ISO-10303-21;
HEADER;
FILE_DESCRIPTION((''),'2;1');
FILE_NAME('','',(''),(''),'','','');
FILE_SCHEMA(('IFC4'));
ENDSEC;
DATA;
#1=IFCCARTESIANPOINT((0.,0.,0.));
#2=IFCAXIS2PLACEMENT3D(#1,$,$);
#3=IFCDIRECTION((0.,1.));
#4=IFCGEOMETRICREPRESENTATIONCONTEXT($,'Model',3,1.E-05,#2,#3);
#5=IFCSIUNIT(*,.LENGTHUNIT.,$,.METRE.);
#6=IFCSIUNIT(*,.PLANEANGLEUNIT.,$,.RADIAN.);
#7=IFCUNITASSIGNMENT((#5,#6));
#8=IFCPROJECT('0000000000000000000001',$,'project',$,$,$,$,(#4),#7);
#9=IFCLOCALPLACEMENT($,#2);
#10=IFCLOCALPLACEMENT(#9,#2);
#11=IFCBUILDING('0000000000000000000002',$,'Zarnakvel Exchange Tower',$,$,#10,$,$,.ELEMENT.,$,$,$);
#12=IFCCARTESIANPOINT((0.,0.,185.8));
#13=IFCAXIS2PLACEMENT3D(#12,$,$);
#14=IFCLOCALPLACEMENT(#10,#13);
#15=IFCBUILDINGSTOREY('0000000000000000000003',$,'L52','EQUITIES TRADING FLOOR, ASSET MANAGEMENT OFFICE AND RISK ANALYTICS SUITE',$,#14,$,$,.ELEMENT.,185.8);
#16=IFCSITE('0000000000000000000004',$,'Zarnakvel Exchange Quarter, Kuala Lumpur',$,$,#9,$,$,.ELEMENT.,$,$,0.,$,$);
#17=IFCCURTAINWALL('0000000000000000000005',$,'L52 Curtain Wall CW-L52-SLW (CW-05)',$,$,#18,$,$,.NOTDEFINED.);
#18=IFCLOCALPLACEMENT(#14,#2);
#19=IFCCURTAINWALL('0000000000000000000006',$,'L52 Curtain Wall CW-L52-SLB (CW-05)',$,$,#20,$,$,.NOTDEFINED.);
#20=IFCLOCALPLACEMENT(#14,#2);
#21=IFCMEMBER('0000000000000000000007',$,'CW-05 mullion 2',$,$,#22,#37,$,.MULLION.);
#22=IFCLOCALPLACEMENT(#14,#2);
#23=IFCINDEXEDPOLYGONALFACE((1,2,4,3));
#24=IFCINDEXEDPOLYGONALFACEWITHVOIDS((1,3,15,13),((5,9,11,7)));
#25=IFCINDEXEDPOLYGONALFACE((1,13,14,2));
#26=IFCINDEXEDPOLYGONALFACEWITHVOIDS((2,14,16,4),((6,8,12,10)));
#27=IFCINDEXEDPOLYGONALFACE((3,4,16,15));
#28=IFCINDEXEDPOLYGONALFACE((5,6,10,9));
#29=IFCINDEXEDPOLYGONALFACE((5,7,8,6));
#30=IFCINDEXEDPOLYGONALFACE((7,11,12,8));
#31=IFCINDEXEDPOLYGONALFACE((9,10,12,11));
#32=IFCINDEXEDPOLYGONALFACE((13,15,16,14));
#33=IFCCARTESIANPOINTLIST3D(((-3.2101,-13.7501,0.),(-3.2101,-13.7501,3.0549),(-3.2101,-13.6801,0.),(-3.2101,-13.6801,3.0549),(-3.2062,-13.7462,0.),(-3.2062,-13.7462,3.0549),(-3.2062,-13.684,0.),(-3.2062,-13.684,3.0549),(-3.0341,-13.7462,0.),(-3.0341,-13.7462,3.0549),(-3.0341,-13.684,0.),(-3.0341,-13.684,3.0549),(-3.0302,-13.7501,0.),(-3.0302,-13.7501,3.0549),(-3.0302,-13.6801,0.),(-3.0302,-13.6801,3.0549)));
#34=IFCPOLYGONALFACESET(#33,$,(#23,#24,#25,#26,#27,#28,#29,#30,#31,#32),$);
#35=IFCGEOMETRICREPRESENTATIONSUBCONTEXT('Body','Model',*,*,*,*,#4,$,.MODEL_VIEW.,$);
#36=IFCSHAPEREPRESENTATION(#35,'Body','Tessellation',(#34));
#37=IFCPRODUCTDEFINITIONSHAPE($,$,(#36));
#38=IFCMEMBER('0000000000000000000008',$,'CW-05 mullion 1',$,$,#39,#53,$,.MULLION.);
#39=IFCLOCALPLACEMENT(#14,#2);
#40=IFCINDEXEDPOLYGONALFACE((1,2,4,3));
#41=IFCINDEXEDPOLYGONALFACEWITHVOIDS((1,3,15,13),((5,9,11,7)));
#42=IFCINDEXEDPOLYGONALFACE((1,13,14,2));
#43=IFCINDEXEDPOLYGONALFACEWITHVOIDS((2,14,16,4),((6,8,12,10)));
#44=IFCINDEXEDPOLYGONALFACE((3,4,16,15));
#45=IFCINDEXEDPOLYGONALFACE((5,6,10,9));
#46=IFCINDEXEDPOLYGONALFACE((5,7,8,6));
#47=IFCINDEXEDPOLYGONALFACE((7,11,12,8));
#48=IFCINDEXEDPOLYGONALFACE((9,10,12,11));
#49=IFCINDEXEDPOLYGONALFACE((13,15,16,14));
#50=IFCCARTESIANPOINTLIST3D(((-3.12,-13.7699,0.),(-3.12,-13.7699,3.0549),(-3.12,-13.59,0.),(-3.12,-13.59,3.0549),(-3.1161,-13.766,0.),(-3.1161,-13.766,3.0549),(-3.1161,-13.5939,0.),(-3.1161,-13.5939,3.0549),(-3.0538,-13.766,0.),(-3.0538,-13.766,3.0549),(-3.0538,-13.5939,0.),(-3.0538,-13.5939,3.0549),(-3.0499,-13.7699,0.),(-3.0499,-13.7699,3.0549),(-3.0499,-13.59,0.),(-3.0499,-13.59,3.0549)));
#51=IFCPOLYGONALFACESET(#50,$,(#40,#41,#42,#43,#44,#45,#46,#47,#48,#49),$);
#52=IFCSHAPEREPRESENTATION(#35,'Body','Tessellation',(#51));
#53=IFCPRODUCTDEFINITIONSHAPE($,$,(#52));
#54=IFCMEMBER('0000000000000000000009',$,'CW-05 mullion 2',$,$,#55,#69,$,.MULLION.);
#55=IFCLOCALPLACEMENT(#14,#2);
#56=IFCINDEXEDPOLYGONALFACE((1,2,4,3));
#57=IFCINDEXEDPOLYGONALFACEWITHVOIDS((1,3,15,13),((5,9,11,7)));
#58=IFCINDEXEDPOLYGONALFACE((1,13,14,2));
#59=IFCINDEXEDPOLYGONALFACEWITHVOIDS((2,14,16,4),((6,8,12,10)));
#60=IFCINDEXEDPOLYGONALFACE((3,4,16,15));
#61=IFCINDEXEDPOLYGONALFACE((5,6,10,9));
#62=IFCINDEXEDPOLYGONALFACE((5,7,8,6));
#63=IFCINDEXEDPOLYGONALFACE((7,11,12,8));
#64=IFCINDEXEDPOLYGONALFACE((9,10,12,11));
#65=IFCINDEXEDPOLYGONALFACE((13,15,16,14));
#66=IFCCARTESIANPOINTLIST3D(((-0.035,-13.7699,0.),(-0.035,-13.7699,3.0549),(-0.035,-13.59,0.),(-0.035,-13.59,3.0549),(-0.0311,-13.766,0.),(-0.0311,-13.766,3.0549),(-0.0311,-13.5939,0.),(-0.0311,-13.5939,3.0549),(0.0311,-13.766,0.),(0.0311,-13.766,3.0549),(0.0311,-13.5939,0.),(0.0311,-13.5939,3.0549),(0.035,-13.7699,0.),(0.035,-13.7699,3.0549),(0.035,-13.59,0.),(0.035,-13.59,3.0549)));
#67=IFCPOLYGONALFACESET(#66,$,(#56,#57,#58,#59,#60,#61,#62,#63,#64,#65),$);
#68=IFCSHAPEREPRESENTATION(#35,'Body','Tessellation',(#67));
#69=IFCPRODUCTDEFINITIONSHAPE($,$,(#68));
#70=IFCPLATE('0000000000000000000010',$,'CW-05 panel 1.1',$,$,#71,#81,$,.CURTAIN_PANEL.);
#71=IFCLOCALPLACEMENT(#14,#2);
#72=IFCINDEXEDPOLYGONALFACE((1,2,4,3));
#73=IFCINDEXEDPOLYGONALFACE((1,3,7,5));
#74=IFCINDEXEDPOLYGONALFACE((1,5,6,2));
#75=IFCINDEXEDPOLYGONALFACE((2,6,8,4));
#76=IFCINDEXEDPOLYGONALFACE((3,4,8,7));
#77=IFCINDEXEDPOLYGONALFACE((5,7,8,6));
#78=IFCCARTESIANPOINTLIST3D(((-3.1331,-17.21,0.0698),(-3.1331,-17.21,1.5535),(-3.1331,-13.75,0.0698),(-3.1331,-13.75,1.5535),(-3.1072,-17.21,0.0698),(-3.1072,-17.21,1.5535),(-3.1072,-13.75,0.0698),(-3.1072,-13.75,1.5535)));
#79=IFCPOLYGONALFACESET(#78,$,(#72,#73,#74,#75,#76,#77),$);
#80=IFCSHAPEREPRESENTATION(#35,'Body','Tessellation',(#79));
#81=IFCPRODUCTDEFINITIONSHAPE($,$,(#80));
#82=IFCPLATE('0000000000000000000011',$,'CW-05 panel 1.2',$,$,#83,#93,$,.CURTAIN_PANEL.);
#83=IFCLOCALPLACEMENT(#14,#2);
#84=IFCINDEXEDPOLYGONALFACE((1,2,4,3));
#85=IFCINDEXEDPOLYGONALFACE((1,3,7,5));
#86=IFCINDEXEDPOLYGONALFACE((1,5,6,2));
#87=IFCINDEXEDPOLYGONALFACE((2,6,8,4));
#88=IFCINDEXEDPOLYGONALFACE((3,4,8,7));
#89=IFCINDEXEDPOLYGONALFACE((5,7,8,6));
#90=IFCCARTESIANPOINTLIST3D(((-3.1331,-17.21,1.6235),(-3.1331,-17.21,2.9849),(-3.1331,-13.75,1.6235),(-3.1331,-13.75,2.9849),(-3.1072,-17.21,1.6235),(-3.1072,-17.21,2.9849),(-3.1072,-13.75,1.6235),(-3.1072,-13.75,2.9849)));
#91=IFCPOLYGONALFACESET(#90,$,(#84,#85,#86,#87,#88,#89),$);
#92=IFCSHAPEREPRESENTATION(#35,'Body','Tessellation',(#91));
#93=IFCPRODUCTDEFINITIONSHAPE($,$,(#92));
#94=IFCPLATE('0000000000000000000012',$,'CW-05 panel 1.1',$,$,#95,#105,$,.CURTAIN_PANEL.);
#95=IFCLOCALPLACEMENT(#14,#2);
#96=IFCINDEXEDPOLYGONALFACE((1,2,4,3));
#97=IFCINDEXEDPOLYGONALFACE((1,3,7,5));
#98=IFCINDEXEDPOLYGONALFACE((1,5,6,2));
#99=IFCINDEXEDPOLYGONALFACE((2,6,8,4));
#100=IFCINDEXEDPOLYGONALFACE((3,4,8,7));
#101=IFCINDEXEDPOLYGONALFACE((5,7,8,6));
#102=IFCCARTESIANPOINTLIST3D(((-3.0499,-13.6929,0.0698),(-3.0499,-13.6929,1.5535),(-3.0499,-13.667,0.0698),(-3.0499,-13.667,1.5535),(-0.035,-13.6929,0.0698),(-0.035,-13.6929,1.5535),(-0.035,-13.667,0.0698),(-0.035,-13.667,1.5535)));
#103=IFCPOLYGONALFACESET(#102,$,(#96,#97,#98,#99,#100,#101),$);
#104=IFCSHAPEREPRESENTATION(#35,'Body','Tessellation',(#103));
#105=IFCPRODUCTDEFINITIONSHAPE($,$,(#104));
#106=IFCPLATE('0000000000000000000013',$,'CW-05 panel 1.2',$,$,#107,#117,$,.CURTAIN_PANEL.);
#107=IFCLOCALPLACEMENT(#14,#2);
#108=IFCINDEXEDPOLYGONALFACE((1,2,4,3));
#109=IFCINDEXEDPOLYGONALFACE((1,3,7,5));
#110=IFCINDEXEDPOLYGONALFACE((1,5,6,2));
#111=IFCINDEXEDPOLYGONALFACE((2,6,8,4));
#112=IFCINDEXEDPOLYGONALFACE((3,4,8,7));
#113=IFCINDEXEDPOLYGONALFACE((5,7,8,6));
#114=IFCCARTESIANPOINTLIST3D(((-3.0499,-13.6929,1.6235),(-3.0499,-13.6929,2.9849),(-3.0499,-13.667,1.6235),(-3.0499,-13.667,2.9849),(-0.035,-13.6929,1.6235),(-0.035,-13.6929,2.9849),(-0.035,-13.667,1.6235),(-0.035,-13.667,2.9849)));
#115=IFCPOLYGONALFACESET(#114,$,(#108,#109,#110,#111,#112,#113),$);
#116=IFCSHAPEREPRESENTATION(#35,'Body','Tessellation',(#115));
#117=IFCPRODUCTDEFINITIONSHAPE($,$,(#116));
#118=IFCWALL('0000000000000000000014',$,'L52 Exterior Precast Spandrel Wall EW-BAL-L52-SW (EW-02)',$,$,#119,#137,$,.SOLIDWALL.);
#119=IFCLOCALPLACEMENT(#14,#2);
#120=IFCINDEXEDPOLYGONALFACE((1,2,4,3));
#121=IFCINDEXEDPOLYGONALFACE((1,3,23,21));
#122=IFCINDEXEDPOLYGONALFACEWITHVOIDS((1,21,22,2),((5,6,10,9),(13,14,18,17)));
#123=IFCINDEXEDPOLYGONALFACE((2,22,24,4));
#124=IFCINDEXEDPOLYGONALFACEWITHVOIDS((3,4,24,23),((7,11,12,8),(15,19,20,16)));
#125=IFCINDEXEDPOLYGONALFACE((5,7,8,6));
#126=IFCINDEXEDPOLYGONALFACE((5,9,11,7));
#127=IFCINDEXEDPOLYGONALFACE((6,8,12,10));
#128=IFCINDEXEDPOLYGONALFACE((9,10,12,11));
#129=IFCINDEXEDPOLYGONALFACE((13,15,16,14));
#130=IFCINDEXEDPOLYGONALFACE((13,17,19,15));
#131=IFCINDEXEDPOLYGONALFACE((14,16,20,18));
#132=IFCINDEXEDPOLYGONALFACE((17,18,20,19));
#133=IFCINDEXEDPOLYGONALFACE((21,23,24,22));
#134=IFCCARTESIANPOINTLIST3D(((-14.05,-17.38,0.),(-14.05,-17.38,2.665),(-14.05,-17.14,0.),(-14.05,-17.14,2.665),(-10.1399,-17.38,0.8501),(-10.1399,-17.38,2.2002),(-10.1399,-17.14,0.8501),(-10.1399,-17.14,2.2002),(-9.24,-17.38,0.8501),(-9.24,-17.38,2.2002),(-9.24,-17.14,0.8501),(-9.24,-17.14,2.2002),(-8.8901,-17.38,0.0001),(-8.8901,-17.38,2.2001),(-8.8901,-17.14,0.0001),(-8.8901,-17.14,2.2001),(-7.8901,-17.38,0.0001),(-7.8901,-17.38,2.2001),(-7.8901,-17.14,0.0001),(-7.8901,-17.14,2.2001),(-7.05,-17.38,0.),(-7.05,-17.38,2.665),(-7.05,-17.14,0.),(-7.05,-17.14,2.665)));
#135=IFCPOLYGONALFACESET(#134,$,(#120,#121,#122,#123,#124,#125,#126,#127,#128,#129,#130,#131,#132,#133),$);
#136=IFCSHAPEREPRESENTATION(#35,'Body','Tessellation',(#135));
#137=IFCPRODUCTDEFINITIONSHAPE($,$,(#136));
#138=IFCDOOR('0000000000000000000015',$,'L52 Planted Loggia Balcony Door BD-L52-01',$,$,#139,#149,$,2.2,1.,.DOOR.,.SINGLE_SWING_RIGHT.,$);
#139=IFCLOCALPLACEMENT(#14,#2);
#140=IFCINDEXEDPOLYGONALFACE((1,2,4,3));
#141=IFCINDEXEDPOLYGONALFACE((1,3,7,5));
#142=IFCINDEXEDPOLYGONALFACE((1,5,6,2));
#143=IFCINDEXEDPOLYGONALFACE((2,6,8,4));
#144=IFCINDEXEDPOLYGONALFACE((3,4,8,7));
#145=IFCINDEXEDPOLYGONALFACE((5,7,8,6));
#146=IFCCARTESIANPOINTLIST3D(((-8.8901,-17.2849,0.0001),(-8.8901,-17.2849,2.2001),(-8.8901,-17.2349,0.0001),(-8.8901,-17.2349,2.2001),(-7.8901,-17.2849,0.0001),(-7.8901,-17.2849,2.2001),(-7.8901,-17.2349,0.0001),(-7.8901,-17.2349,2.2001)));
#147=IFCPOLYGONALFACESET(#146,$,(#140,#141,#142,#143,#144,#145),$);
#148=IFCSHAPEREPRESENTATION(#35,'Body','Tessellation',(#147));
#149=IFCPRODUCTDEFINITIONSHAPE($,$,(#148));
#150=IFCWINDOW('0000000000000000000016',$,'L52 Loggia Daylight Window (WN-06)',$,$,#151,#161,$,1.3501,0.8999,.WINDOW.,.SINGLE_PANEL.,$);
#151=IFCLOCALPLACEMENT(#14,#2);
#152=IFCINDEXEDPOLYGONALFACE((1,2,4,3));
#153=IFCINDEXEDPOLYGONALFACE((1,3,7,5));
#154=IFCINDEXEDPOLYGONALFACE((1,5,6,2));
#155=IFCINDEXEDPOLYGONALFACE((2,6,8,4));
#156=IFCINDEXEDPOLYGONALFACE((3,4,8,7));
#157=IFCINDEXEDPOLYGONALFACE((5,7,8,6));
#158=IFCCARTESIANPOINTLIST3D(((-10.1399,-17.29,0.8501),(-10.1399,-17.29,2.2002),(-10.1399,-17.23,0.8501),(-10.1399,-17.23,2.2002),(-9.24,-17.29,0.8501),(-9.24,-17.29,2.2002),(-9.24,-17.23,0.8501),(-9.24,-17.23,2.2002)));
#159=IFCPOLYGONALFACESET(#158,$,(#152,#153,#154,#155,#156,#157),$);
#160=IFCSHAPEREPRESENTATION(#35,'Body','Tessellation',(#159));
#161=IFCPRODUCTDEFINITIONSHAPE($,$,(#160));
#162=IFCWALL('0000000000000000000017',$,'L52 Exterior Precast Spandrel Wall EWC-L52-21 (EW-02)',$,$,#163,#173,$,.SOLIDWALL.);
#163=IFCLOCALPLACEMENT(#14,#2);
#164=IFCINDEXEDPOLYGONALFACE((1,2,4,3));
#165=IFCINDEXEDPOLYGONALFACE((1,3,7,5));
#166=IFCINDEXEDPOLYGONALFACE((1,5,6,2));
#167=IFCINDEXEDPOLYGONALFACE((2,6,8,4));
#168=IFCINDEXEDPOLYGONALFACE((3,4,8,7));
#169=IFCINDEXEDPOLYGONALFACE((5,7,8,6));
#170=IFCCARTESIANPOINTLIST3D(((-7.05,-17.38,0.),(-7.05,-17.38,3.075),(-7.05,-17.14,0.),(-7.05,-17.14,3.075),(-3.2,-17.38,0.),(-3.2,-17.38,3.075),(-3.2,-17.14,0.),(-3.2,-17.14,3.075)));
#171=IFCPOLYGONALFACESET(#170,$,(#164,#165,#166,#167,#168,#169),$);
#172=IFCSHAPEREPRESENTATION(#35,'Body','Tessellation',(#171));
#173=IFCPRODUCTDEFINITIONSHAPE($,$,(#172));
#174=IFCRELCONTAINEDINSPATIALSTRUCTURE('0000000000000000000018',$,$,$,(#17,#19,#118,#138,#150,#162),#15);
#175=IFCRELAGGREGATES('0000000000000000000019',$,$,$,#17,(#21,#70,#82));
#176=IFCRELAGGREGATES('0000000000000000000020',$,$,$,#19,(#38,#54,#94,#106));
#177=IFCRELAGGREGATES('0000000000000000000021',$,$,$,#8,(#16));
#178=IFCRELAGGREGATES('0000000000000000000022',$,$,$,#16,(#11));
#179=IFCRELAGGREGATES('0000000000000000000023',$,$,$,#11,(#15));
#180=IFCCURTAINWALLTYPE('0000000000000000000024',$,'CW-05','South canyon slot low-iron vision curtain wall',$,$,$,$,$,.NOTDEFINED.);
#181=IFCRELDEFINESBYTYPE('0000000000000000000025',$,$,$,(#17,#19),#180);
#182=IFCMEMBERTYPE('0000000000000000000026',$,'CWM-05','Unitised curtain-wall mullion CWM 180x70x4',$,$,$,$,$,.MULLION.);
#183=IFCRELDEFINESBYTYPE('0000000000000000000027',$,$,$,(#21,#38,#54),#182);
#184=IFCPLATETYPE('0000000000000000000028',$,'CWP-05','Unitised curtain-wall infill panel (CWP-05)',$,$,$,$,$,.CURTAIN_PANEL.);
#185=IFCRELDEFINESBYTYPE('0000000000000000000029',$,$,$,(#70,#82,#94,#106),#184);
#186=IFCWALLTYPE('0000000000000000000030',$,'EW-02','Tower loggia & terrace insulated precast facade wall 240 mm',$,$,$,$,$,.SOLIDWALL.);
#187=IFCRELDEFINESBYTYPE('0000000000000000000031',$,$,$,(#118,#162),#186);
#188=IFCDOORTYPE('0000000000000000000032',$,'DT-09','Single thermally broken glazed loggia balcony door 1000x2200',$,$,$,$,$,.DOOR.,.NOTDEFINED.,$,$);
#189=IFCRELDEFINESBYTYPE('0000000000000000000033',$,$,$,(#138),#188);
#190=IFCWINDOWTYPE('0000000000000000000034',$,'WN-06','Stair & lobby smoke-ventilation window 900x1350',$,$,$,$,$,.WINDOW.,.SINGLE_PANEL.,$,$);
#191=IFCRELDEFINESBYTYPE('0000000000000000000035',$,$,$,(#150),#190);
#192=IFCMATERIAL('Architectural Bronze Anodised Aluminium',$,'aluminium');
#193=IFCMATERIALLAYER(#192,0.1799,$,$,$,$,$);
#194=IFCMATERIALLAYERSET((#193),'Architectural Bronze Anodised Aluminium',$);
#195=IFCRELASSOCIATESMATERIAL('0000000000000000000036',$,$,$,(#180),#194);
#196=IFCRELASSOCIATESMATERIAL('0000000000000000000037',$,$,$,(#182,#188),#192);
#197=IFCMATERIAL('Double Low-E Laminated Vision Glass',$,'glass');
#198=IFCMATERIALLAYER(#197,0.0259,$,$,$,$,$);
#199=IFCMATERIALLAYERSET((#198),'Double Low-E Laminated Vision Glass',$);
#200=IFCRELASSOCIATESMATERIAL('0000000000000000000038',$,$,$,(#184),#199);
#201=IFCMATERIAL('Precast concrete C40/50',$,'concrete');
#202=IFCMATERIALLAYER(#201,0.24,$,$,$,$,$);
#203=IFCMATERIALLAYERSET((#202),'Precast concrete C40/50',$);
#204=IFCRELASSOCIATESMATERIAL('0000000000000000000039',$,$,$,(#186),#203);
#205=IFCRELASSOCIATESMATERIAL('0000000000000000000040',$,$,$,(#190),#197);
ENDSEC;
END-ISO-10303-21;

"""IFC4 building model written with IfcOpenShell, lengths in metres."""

from ifc_helpers import new_model, si_unit, direction, frame, frame_2d, origin, origin_2d, place, context, subcontext, project, spatial, rectangle, hollow_rectangle, extrude, source, transform, mapped, material, layer, layer_set, material_profile, profile_set, type_object, element, fill, aggregate, save


model = new_model("IFC4")

# Units and contexts
model_context = context("Model", 3, precision=1e-05, world=origin(), true_north=direction((0.0, 1.0)))
body_context = subcontext(model_context, "Body", "Model", "MODEL_VIEW")
ifc_project = project(units=[si_unit("LENGTHUNIT", "METRE"), si_unit("PLANEANGLEUNIT", "RADIAN")], contexts=[model_context])

# Site, building, storey
site_placement = place(None, origin())
site = spatial("IfcSite", under=ifc_project, at=site_placement, Name="Zarnakvel Exchange Quarter, Kuala Lumpur", CompositionType="ELEMENT", RefElevation=0.0)
building_placement = place(site_placement, origin())
building = spatial("IfcBuilding", under=site, at=building_placement, Name="Zarnakvel Exchange Tower", CompositionType="ELEMENT")
storey_placement = place(building_placement, frame((0.0, 0.0, 185.8)))
storey = spatial("IfcBuildingStorey", under=building, at=storey_placement, Name="L52", Description="EQUITIES TRADING FLOOR, ASSET MANAGEMENT OFFICE AND RISK ANALYTICS SUITE", CompositionType="ELEMENT", Elevation=185.8)

# Curtain walls
ifc_material_1 = material(Name="Architectural Bronze Anodised Aluminium", Category="aluminium")
ifc_layer_1 = layer(ifc_material_1, 0.1799)
ifc_layer_set_1 = layer_set([ifc_layer_1], Name="Architectural Bronze Anodised Aluminium")
curtain_wall_type = type_object("IfcCurtainWallType", Name="CW-05", Description="South canyon slot low-iron vision curtain wall", PredefinedType="NOTDEFINED", material=ifc_layer_set_1)
curtain_wall_1_placement = place(storey_placement, origin())
curtain_wall_1 = element("IfcCurtainWall", 1, at=curtain_wall_1_placement, inside=storey, type_object=curtain_wall_type, Name="L52 Curtain Wall CW-L52-SLW (CW-05)", PredefinedType="NOTDEFINED")
curtain_wall_2_placement = place(storey_placement, origin())
curtain_wall_2 = element("IfcCurtainWall", 2, at=curtain_wall_2_placement, inside=storey, type_object=curtain_wall_type, Name="L52 Curtain Wall CW-L52-SLB (CW-05)", PredefinedType="NOTDEFINED")

# Members
ifc_material_profile_1 = material_profile(ifc_material_1, hollow_rectangle(XDim=0.1799, YDim=0.0701, WallThickness=0.0039, at=origin_2d()))
ifc_profile_set_1 = profile_set([ifc_material_profile_1], Name="Architectural Bronze Anodised Aluminium")
member_type_1 = type_object("IfcMemberType", Name="CWM-05", Description="Unitised curtain-wall mullion CWM 180x70x4", PredefinedType="MULLION", material=ifc_profile_set_1)
shared_shape_1 = source(origin(), body_context, "Body", "SweptSolid", [
    extrude(hollow_rectangle(XDim=0.1799, YDim=0.0701, WallThickness=0.0039, at=origin_2d()), origin(), (0.0, 0.0, 1.0), 3.0549),
])
member_1_placement = place(storey_placement, frame((-3.1201, -13.7151, 0.0), z_axis=(0.0, 0.0, 1.0), x_axis=(-1.0, 0.0, 0.0)))
member_1 = element("IfcMember", 3, at=member_1_placement, type_object=member_type_1, Name="CW-05 mullion 2", PredefinedType="MULLION", context=body_context, shape_type="MappedRepresentation", body=[
    mapped(shared_shape_1, transform((0.0, 0.0, 0.0), x_axis=(1.0, 0.0, 0.0), y_axis=(0.0, 1.0, 0.0), z_axis=(0.0, 0.0, 1.0), scale=1.0)),
])
member_2_placement = place(storey_placement, frame((-3.085, -13.6799, 0.0), z_axis=(0.0, 0.0, 1.0), x_axis=(0.0, 1.0, 0.0)))
member_2 = element("IfcMember", 4, at=member_2_placement, type_object=member_type_1, Name="CW-05 mullion 1", PredefinedType="MULLION", context=body_context, shape_type="MappedRepresentation", body=[
    mapped(shared_shape_1, transform((0.0, 0.0, 0.0), x_axis=(1.0, 0.0, 0.0), y_axis=(0.0, 1.0, 0.0), z_axis=(0.0, 0.0, 1.0), scale=1.0)),
])
member_3_placement = place(storey_placement, frame((0.0, -13.6799, 0.0), z_axis=(0.0, 0.0, 1.0), x_axis=(0.0, 1.0, 0.0)))
member_3 = element("IfcMember", 5, at=member_3_placement, type_object=member_type_1, Name="CW-05 mullion 2", PredefinedType="MULLION", context=body_context, shape_type="MappedRepresentation", body=[
    mapped(shared_shape_1, transform((0.0, 0.0, 0.0), x_axis=(1.0, 0.0, 0.0), y_axis=(0.0, 1.0, 0.0), z_axis=(0.0, 0.0, 1.0), scale=1.0)),
])

# Plates
ifc_material_2 = material(Name="Double Low-E Laminated Vision Glass", Category="glass")
ifc_layer_2 = layer(ifc_material_2, 0.0259)
ifc_layer_set_2 = layer_set([ifc_layer_2], Name="Double Low-E Laminated Vision Glass")
plate_type = type_object("IfcPlateType", Name="CWP-05", Description="Unitised curtain-wall infill panel (CWP-05)", PredefinedType="CURTAIN_PANEL", material=ifc_layer_set_2)
shared_shape_2 = source(origin(), body_context, "Body", "SweptSolid", [
    extrude(rectangle(XDim=3.46, YDim=0.0259, at=origin_2d()), origin(), (0.0, 0.0, 1.0), 1.4836),
])
plate_1_placement = place(storey_placement, frame((-3.1201, -15.48, 0.0698), z_axis=(0.0, 0.0, 1.0), x_axis=(0.0, 1.0, 0.0)))
plate_1 = element("IfcPlate", 6, at=plate_1_placement, type_object=plate_type, Name="CW-05 panel 1.1", PredefinedType="CURTAIN_PANEL", context=body_context, shape_type="MappedRepresentation", body=[
    mapped(shared_shape_2, transform((0.0, 0.0, 0.0), x_axis=(1.0, 0.0, 0.0), y_axis=(0.0, 1.0, 0.0), z_axis=(0.0, 0.0, 1.0), scale=1.0)),
])
shared_shape_3 = source(origin(), body_context, "Body", "SweptSolid", [
    extrude(rectangle(XDim=3.46, YDim=0.0259, at=origin_2d()), origin(), (0.0, 0.0, 1.0), 1.3613),
])
plate_2_placement = place(storey_placement, frame((-3.1201, -15.48, 1.6235), z_axis=(0.0, 0.0, 1.0), x_axis=(0.0, 1.0, 0.0)))
plate_2 = element("IfcPlate", 7, at=plate_2_placement, type_object=plate_type, Name="CW-05 panel 1.2", PredefinedType="CURTAIN_PANEL", context=body_context, shape_type="MappedRepresentation", body=[
    mapped(shared_shape_3, transform((0.0, 0.0, 0.0), x_axis=(1.0, 0.0, 0.0), y_axis=(0.0, 1.0, 0.0), z_axis=(0.0, 0.0, 1.0), scale=1.0)),
])
aggregate(curtain_wall_1, [member_1, plate_1, plate_2])
shared_shape_4 = source(origin(), body_context, "Body", "SweptSolid", [
    extrude(rectangle(XDim=3.0149, YDim=0.0259, at=origin_2d()), origin(), (0.0, 0.0, 1.0), 1.4836),
])
plate_3_placement = place(storey_placement, frame((-1.5425, -13.6799, 0.0698), z_axis=(0.0, 0.0, 1.0), x_axis=(1.0, 0.0, 0.0)))
plate_3 = element("IfcPlate", 8, at=plate_3_placement, type_object=plate_type, Name="CW-05 panel 1.1", PredefinedType="CURTAIN_PANEL", context=body_context, shape_type="MappedRepresentation", body=[
    mapped(shared_shape_4, transform((0.0, 0.0, 0.0), x_axis=(1.0, 0.0, 0.0), y_axis=(0.0, 1.0, 0.0), z_axis=(0.0, 0.0, 1.0), scale=1.0)),
])
shared_shape_5 = source(origin(), body_context, "Body", "SweptSolid", [
    extrude(rectangle(XDim=3.0149, YDim=0.0259, at=origin_2d()), origin(), (0.0, 0.0, 1.0), 1.3613),
])
plate_4_placement = place(storey_placement, frame((-1.5425, -13.6799, 1.6235), z_axis=(0.0, 0.0, 1.0), x_axis=(1.0, 0.0, 0.0)))
plate_4 = element("IfcPlate", 9, at=plate_4_placement, type_object=plate_type, Name="CW-05 panel 1.2", PredefinedType="CURTAIN_PANEL", context=body_context, shape_type="MappedRepresentation", body=[
    mapped(shared_shape_5, transform((0.0, 0.0, 0.0), x_axis=(1.0, 0.0, 0.0), y_axis=(0.0, 1.0, 0.0), z_axis=(0.0, 0.0, 1.0), scale=1.0)),
])
aggregate(curtain_wall_2, [member_2, member_3, plate_3, plate_4])

# Wall, openings, door, window
ifc_material_3 = material(Name="Precast concrete C40/50", Category="concrete")
ifc_layer_3 = layer(ifc_material_3, 0.24)
ifc_layer_set_3 = layer_set([ifc_layer_3], Name="Precast concrete C40/50")
wall_type = type_object("IfcWallType", Name="EW-02", Description="Tower loggia & terrace insulated precast facade wall 240 mm", PredefinedType="SOLIDWALL", material=ifc_layer_set_3)
wall_1_placement = place(storey_placement, frame((-7.05, -17.26, 0.0), z_axis=(0.0, 0.0, 1.0), x_axis=(-1.0, 0.0, 0.0)))
wall_1 = element("IfcWall", 10, at=wall_1_placement, inside=storey, type_object=wall_type, Name="L52 Exterior Precast Spandrel Wall EW-BAL-L52-SW (EW-02)", PredefinedType="SOLIDWALL", context=body_context, shape_type="SweptSolid", body=[
    extrude(rectangle(XDim=7.0, YDim=0.24, at=frame_2d((3.5, 0.0))), origin(), (0.0, 0.0, 1.0), 2.665),
])
opening_1_placement = place(wall_1_placement, frame((0.8401, 0.0, 0.0)))
opening_1 = element("IfcOpeningElement", 11, at=opening_1_placement, cuts=wall_1, PredefinedType="OPENING", context=body_context, shape_type="SweptSolid", body=[
    extrude(rectangle(XDim=1.0, YDim=2.2, at=frame_2d((0.5, 1.1001))), frame((0.0, 0.1299, 0.0), z_axis=(0.0, -1.0, 0.0), x_axis=(1.0, 0.0, 0.0)), (0.0, 0.0, 1.0), 0.26),
])
opening_2_placement = place(wall_1_placement, frame((2.1899, 0.0, 0.8501)))
opening_2 = element("IfcOpeningElement", 12, at=opening_2_placement, cuts=wall_1, PredefinedType="OPENING", context=body_context, shape_type="SweptSolid", body=[
    extrude(rectangle(XDim=0.8999, YDim=1.3501, at=frame_2d((0.45, 0.675))), frame((0.0, 0.1299, 0.0), z_axis=(0.0, -1.0, 0.0), x_axis=(1.0, 0.0, 0.0)), (0.0, 0.0, 1.0), 0.26),
])
door_type = type_object("IfcDoorType", Name="DT-09", Description="Single thermally broken glazed loggia balcony door 1000x2200", OperationType="NOTDEFINED", PredefinedType="DOOR", material=ifc_material_1)
shared_shape_6 = source(origin(), body_context, "Body", "SweptSolid", [
    extrude(rectangle(XDim=1.0, YDim=2.2, at=frame_2d((0.5, 1.1001))), frame((0.0, 0.0249, 0.0), z_axis=(0.0, -1.0, 0.0), x_axis=(1.0, 0.0, 0.0)), (0.0, 0.0, 1.0), 0.05),
])
door_placement = place(opening_1_placement, origin())
door = element("IfcDoor", 13, at=door_placement, inside=storey, type_object=door_type, Name="L52 Planted Loggia Balcony Door BD-L52-01", OperationType="SINGLE_SWING_RIGHT", OverallHeight=2.2, OverallWidth=1.0, PredefinedType="DOOR", context=body_context, shape_type="MappedRepresentation", body=[
    mapped(shared_shape_6, transform((0.0, 0.0, 0.0), x_axis=(1.0, 0.0, 0.0), y_axis=(0.0, 1.0, 0.0), z_axis=(0.0, 0.0, 1.0), scale=1.0)),
])
fill(opening_1, door)
window_type = type_object("IfcWindowType", Name="WN-06", Description="Stair & lobby smoke-ventilation window 900x1350", PartitioningType="SINGLE_PANEL", PredefinedType="WINDOW", material=ifc_material_2)
shared_shape_7 = source(origin(), body_context, "Body", "SweptSolid", [
    extrude(rectangle(XDim=0.8999, YDim=1.3501, at=frame_2d((0.45, 0.675))), frame((0.0, 0.03, 0.0), z_axis=(0.0, -1.0, 0.0), x_axis=(1.0, 0.0, 0.0)), (0.0, 0.0, 1.0), 0.0601),
])
window_placement = place(opening_2_placement, origin())
window = element("IfcWindow", 14, at=window_placement, inside=storey, type_object=window_type, Name="L52 Loggia Daylight Window (WN-06)", OverallHeight=1.3501, OverallWidth=0.8999, PartitioningType="SINGLE_PANEL", PredefinedType="WINDOW", context=body_context, shape_type="MappedRepresentation", body=[
    mapped(shared_shape_7, transform((0.0, 0.0, 0.0), x_axis=(1.0, 0.0, 0.0), y_axis=(0.0, 1.0, 0.0), z_axis=(0.0, 0.0, 1.0), scale=1.0)),
])
fill(opening_2, window)

# Wall
wall_2_placement = place(storey_placement, frame((-7.05, -17.26, 0.0), z_axis=(0.0, 0.0, 1.0), x_axis=(1.0, 0.0, 0.0)))
element("IfcWall", 15, at=wall_2_placement, inside=storey, type_object=wall_type, Name="L52 Exterior Precast Spandrel Wall EWC-L52-21 (EW-02)", PredefinedType="SOLIDWALL", context=body_context, shape_type="SweptSolid", body=[
    extrude(rectangle(XDim=3.8501, YDim=0.24, at=frame_2d((1.925, 0.0))), origin(), (0.0, 0.0, 1.0), 3.075),
])

save(model, "model.ifc")
